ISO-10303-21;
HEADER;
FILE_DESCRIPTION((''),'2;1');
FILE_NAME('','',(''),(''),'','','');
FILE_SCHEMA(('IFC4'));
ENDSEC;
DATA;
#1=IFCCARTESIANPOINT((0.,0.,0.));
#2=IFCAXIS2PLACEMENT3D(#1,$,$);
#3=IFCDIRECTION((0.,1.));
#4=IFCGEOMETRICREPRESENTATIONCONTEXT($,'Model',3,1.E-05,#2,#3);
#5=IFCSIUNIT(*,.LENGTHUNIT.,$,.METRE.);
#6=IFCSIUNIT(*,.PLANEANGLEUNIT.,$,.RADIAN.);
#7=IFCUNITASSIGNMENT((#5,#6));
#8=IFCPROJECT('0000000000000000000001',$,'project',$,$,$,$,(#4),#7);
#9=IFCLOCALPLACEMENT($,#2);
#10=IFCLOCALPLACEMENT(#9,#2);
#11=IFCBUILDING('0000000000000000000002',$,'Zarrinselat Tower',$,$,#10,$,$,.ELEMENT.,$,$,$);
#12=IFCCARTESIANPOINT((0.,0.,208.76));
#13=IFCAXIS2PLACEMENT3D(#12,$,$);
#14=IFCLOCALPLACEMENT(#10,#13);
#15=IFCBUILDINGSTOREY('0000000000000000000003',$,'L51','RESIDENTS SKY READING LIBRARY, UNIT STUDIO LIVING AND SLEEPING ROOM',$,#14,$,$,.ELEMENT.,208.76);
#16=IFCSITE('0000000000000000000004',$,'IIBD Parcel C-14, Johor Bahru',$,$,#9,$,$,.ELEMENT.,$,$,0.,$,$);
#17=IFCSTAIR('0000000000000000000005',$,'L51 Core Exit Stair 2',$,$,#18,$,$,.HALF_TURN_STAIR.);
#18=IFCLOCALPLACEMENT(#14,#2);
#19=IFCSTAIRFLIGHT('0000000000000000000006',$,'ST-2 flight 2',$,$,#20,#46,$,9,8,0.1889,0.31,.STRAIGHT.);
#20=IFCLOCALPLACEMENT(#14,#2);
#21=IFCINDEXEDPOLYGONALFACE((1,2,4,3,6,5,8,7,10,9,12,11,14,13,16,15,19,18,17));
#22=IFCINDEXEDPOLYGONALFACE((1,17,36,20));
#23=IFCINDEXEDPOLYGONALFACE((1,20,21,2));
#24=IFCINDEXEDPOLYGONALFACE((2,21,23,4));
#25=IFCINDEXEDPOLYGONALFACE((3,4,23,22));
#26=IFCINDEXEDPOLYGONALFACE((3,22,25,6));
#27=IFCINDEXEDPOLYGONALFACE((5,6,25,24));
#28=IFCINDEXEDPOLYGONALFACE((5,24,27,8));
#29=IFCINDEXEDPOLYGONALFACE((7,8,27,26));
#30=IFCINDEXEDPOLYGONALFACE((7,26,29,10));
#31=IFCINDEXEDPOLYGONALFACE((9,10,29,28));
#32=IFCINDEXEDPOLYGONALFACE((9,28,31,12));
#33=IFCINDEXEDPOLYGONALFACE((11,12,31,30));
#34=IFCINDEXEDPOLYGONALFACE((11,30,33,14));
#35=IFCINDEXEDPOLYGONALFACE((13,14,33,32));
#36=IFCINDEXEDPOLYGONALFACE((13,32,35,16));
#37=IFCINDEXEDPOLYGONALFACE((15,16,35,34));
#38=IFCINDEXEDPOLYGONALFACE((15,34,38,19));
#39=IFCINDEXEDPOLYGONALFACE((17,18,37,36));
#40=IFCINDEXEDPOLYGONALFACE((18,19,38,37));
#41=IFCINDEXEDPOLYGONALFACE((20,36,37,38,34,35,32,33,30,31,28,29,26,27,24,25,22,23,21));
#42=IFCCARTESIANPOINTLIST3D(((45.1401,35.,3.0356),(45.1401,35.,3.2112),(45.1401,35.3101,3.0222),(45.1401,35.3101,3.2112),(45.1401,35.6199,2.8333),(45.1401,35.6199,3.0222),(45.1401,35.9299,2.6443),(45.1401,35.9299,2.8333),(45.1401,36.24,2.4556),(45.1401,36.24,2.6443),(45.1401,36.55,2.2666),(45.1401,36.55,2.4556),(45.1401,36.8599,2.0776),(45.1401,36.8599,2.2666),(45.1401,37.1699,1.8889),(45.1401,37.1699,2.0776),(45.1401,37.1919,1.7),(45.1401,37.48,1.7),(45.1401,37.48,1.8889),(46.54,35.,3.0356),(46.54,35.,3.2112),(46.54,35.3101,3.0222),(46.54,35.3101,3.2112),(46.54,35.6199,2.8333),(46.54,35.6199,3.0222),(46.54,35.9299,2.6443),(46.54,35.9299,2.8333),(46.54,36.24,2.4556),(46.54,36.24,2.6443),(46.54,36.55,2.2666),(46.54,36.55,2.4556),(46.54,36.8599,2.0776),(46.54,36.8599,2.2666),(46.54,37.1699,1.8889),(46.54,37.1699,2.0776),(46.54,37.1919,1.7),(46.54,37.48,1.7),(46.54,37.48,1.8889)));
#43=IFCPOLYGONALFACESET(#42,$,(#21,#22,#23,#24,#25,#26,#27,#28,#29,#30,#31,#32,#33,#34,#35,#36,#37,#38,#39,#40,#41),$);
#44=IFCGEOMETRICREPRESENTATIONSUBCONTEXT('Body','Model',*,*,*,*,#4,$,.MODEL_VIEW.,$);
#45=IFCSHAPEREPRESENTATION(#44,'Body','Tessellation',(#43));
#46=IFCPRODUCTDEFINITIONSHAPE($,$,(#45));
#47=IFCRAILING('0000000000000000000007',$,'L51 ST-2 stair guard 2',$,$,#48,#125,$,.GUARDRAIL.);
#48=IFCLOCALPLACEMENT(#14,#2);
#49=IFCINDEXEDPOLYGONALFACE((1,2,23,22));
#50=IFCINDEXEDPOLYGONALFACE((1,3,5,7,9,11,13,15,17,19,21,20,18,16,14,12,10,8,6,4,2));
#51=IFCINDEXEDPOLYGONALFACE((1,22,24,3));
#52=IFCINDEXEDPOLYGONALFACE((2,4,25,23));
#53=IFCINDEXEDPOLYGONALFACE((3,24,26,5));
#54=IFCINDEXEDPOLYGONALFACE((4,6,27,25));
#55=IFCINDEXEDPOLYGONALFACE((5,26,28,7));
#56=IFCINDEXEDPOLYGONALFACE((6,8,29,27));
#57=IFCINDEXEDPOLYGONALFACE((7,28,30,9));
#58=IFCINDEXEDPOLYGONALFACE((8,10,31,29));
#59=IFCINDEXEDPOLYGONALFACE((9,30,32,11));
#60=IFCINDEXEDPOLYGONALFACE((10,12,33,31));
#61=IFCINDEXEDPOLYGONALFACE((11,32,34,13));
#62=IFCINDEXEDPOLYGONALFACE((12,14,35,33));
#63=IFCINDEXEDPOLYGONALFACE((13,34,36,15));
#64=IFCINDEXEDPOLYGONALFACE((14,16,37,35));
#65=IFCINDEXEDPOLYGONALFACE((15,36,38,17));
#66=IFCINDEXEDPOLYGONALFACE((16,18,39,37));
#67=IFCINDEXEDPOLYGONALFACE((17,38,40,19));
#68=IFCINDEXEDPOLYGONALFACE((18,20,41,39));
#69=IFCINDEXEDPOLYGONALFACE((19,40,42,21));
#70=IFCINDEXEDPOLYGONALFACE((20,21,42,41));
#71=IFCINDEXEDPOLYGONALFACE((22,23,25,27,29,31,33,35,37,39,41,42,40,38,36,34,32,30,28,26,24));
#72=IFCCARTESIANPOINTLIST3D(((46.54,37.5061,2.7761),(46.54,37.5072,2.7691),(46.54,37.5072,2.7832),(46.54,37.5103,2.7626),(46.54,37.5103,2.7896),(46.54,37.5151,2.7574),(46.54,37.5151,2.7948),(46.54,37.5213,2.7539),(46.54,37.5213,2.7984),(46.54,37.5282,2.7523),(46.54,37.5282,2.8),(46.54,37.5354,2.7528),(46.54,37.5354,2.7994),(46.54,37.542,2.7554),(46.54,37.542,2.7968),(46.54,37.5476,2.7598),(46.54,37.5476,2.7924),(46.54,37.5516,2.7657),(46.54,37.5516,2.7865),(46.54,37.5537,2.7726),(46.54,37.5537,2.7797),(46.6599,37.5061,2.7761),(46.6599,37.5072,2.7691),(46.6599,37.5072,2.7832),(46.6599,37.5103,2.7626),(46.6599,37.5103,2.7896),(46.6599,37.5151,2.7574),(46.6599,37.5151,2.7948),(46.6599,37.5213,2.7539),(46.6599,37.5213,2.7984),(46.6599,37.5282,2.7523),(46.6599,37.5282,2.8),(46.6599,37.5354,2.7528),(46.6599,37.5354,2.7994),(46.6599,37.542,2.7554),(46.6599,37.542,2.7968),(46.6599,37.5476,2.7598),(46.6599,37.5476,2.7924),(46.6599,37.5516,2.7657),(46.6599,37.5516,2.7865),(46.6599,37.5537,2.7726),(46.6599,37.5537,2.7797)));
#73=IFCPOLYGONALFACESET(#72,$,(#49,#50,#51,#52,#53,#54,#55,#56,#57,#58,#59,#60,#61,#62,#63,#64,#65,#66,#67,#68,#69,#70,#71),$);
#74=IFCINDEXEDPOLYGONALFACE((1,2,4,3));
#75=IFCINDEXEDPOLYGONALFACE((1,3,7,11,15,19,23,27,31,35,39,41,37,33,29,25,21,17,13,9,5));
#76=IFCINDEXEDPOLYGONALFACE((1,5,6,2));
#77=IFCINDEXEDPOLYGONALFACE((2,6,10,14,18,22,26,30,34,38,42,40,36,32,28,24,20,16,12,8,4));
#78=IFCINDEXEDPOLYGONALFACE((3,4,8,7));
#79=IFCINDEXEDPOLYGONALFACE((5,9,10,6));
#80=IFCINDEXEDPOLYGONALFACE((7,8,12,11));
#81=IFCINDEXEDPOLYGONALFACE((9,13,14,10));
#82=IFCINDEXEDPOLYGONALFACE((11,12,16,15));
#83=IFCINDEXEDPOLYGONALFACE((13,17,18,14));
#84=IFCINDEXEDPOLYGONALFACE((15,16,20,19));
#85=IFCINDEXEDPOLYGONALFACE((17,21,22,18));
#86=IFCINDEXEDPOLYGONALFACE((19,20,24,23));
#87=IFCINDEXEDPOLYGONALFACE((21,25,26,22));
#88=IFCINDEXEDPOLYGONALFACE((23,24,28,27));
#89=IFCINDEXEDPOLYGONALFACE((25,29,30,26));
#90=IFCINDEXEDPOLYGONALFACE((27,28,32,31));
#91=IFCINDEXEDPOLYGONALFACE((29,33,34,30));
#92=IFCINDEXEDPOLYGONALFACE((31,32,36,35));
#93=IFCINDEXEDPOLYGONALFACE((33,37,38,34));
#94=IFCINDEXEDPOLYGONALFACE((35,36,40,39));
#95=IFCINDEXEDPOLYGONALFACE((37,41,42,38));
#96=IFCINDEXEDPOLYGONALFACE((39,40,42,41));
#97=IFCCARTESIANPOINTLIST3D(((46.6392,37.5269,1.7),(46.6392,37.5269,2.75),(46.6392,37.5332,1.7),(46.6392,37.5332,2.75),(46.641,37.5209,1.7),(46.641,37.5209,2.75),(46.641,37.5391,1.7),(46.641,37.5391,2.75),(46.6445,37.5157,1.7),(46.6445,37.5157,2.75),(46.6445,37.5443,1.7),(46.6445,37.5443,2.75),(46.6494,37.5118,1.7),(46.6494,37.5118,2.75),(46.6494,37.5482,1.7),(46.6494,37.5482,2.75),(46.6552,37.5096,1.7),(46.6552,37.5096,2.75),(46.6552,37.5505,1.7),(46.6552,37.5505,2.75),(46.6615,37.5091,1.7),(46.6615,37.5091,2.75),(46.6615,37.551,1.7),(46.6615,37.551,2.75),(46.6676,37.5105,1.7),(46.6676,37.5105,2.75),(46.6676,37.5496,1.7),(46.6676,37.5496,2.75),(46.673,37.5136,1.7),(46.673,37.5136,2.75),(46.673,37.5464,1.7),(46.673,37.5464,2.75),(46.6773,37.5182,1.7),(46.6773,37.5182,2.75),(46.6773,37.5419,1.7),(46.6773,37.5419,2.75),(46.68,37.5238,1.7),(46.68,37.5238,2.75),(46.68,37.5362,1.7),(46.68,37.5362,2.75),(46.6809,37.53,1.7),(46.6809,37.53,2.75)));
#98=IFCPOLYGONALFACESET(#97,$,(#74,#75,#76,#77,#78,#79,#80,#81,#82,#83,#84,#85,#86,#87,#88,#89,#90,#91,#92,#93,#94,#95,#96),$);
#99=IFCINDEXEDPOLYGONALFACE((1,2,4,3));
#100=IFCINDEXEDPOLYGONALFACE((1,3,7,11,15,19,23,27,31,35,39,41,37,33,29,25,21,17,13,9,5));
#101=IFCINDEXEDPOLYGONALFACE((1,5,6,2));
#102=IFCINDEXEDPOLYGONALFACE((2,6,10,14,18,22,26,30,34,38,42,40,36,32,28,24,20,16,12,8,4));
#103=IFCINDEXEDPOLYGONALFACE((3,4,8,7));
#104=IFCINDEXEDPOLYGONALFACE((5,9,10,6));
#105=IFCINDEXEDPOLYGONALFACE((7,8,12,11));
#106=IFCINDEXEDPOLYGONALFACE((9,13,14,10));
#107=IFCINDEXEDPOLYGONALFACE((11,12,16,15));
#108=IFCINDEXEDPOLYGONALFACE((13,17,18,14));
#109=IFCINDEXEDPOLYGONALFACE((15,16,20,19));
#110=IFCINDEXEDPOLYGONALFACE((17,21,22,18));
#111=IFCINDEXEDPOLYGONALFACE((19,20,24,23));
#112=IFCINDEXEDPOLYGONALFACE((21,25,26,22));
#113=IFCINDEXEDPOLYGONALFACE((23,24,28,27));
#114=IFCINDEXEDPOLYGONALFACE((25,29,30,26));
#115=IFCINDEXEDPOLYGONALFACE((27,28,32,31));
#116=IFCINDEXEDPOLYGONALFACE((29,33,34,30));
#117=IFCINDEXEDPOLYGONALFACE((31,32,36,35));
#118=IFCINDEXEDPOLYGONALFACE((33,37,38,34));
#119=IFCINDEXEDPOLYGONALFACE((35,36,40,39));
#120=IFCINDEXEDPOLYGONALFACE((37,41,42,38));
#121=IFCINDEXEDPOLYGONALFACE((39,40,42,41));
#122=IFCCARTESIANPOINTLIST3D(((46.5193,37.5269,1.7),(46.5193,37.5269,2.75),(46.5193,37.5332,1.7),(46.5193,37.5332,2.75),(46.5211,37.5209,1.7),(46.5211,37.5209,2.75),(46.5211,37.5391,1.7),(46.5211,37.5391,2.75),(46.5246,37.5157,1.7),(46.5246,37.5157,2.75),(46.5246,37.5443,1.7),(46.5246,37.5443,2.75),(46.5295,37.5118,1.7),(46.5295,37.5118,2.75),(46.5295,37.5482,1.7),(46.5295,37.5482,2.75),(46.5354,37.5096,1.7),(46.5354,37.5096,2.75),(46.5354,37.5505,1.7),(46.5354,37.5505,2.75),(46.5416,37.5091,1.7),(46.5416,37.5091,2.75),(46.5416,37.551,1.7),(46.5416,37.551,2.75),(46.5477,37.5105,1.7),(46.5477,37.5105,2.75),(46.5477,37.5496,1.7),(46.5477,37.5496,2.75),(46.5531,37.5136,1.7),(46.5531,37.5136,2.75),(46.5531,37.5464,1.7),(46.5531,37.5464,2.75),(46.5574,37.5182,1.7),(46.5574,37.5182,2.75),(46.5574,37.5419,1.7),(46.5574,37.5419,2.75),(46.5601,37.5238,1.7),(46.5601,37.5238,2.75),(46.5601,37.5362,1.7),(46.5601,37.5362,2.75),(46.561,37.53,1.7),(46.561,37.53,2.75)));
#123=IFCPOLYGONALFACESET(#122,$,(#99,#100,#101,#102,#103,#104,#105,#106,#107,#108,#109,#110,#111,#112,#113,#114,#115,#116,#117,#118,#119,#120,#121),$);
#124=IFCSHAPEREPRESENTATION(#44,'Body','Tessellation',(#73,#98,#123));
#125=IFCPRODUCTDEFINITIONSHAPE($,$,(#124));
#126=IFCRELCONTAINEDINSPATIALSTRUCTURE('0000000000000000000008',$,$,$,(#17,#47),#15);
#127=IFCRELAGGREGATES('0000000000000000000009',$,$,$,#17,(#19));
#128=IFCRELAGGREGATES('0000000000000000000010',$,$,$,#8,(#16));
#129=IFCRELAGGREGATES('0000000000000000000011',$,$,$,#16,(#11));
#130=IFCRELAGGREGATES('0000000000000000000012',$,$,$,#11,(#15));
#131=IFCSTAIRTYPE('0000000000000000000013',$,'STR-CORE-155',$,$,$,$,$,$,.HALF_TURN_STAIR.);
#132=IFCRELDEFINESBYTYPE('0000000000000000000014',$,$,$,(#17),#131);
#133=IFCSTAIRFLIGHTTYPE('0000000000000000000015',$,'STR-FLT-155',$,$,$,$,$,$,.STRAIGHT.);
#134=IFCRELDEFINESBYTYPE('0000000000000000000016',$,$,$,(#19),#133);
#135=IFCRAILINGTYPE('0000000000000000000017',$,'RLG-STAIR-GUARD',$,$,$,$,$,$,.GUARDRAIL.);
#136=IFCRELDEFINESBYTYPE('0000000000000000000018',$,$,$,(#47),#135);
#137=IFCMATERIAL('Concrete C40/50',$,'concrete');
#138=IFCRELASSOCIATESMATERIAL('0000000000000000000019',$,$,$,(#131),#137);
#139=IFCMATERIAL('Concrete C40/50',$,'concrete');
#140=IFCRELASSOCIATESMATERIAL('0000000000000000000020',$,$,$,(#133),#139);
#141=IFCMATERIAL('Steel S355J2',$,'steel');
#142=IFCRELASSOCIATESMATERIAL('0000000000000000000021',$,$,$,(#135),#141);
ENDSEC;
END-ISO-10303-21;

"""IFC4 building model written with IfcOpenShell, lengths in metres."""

from ifc_helpers import new_model, si_unit, direction, frame, origin, origin_2d, place, context, subcontext, project, spatial, polyline, circle, outline, extrude, material, type_object, element, aggregate, save


model = new_model("IFC4")

# Units and contexts
model_context = context("Model", 3, precision=1e-05, world=origin(), true_north=direction((0.0, 1.0)))
body_context = subcontext(model_context, "Body", "Model", "MODEL_VIEW")
ifc_project = project(units=[si_unit("LENGTHUNIT", "METRE"), si_unit("PLANEANGLEUNIT", "RADIAN")], contexts=[model_context])

# Site, building, storey
site_placement = place(None, origin())
site = spatial("IfcSite", under=ifc_project, at=site_placement, Name="IIBD Parcel C-14, Johor Bahru", CompositionType="ELEMENT", RefElevation=0.0)
building_placement = place(site_placement, origin())
building = spatial("IfcBuilding", under=site, at=building_placement, Name="Zarrinselat Tower", CompositionType="ELEMENT")
storey_placement = place(building_placement, frame((0.0, 0.0, 208.76)))
storey = spatial("IfcBuildingStorey", under=building, at=storey_placement, Name="L51", Description="RESIDENTS SKY READING LIBRARY, UNIT STUDIO LIVING AND SLEEPING ROOM", CompositionType="ELEMENT", Elevation=208.76)

# Stair, stair flight
ifc_material_1 = material(Name="Concrete C40/50", Category="concrete")
stair_type = type_object("IfcStairType", Name="STR-CORE-155", PredefinedType="HALF_TURN_STAIR", material=ifc_material_1)
stair_placement = place(storey_placement, origin())
stair = element("IfcStair", 1, at=stair_placement, inside=storey, type_object=stair_type, Name="L51 Core Exit Stair 2", PredefinedType="HALF_TURN_STAIR")
ifc_material_2 = material(Name="Concrete C40/50", Category="concrete")
stair_flight_type = type_object("IfcStairFlightType", Name="STR-FLT-155", PredefinedType="STRAIGHT", material=ifc_material_2)
stair_flight_placement = place(storey_placement, frame((45.8401, 37.48, 1.7), z_axis=(0.0, 0.0, 1.0), x_axis=(0.0, -1.0, 0.0)))
stair_flight = element("IfcStairFlight", 2, at=stair_flight_placement, type_object=stair_flight_type, Name="ST-2 flight 2", NumberOfRisers=9, NumberOfTreads=8, PredefinedType="STRAIGHT", RiserHeight=0.1889, TreadLength=0.31, context=body_context, shape_type="SweptSolid", body=[
    extrude(outline(polyline([(0.0, 0.0), (0.0, 0.189), (0.3101, 0.189), (0.3101, 0.3777), (0.6201, 0.3777), (0.6201, 0.5667), (0.9299, 0.5667), (0.9299, 0.7556), (1.24, 0.7556), (1.24, 0.9443), (1.55, 0.9443), (1.55, 1.1333), (1.8601, 1.1333), (1.8601, 1.3223), (2.1699, 1.3223), (2.1699, 1.5112), (2.48, 1.5112), (2.48, 1.7), (2.48, 1.3357), (0.2881, 0.0), (0.0, 0.0)])), frame((0.0, 0.7, 0.0), z_axis=(0.0, -1.0, 0.0), x_axis=(1.0, 0.0, 0.0)), (0.0, 0.0, 1.0), 1.3999),
])
aggregate(stair, [stair_flight])

# Railing
ifc_material_3 = material(Name="Steel S355J2", Category="steel")
railing_type = type_object("IfcRailingType", Name="RLG-STAIR-GUARD", PredefinedType="GUARDRAIL", material=ifc_material_3)
railing_1_placement = place(storey_placement, frame((46.6599, 37.53, 1.7)))
element("IfcRailing", 3, at=railing_1_placement, inside=storey, type_object=railing_type, Name="L51 ST-2 stair guard 2", PredefinedType="GUARDRAIL", context=body_context, shape_type="SweptSolid", body=[
    extrude(circle(Radius=0.0239, at=origin_2d()), frame((0.0, 0.0, 1.0762), z_axis=(-1.0, 0.0, 0.0), x_axis=(0.0, -1.0, 0.0)), (0.0, 0.0, 1.0), 0.1199),
    extrude(circle(Radius=0.021, at=origin_2d()), origin(), (0.0, 0.0, 1.0), 1.05),
    extrude(circle(Radius=0.021, at=origin_2d()), frame((-0.1199, 0.0, 0.0)), (0.0, 0.0, 1.0), 1.05),
])

save(model, "model.ifc")
